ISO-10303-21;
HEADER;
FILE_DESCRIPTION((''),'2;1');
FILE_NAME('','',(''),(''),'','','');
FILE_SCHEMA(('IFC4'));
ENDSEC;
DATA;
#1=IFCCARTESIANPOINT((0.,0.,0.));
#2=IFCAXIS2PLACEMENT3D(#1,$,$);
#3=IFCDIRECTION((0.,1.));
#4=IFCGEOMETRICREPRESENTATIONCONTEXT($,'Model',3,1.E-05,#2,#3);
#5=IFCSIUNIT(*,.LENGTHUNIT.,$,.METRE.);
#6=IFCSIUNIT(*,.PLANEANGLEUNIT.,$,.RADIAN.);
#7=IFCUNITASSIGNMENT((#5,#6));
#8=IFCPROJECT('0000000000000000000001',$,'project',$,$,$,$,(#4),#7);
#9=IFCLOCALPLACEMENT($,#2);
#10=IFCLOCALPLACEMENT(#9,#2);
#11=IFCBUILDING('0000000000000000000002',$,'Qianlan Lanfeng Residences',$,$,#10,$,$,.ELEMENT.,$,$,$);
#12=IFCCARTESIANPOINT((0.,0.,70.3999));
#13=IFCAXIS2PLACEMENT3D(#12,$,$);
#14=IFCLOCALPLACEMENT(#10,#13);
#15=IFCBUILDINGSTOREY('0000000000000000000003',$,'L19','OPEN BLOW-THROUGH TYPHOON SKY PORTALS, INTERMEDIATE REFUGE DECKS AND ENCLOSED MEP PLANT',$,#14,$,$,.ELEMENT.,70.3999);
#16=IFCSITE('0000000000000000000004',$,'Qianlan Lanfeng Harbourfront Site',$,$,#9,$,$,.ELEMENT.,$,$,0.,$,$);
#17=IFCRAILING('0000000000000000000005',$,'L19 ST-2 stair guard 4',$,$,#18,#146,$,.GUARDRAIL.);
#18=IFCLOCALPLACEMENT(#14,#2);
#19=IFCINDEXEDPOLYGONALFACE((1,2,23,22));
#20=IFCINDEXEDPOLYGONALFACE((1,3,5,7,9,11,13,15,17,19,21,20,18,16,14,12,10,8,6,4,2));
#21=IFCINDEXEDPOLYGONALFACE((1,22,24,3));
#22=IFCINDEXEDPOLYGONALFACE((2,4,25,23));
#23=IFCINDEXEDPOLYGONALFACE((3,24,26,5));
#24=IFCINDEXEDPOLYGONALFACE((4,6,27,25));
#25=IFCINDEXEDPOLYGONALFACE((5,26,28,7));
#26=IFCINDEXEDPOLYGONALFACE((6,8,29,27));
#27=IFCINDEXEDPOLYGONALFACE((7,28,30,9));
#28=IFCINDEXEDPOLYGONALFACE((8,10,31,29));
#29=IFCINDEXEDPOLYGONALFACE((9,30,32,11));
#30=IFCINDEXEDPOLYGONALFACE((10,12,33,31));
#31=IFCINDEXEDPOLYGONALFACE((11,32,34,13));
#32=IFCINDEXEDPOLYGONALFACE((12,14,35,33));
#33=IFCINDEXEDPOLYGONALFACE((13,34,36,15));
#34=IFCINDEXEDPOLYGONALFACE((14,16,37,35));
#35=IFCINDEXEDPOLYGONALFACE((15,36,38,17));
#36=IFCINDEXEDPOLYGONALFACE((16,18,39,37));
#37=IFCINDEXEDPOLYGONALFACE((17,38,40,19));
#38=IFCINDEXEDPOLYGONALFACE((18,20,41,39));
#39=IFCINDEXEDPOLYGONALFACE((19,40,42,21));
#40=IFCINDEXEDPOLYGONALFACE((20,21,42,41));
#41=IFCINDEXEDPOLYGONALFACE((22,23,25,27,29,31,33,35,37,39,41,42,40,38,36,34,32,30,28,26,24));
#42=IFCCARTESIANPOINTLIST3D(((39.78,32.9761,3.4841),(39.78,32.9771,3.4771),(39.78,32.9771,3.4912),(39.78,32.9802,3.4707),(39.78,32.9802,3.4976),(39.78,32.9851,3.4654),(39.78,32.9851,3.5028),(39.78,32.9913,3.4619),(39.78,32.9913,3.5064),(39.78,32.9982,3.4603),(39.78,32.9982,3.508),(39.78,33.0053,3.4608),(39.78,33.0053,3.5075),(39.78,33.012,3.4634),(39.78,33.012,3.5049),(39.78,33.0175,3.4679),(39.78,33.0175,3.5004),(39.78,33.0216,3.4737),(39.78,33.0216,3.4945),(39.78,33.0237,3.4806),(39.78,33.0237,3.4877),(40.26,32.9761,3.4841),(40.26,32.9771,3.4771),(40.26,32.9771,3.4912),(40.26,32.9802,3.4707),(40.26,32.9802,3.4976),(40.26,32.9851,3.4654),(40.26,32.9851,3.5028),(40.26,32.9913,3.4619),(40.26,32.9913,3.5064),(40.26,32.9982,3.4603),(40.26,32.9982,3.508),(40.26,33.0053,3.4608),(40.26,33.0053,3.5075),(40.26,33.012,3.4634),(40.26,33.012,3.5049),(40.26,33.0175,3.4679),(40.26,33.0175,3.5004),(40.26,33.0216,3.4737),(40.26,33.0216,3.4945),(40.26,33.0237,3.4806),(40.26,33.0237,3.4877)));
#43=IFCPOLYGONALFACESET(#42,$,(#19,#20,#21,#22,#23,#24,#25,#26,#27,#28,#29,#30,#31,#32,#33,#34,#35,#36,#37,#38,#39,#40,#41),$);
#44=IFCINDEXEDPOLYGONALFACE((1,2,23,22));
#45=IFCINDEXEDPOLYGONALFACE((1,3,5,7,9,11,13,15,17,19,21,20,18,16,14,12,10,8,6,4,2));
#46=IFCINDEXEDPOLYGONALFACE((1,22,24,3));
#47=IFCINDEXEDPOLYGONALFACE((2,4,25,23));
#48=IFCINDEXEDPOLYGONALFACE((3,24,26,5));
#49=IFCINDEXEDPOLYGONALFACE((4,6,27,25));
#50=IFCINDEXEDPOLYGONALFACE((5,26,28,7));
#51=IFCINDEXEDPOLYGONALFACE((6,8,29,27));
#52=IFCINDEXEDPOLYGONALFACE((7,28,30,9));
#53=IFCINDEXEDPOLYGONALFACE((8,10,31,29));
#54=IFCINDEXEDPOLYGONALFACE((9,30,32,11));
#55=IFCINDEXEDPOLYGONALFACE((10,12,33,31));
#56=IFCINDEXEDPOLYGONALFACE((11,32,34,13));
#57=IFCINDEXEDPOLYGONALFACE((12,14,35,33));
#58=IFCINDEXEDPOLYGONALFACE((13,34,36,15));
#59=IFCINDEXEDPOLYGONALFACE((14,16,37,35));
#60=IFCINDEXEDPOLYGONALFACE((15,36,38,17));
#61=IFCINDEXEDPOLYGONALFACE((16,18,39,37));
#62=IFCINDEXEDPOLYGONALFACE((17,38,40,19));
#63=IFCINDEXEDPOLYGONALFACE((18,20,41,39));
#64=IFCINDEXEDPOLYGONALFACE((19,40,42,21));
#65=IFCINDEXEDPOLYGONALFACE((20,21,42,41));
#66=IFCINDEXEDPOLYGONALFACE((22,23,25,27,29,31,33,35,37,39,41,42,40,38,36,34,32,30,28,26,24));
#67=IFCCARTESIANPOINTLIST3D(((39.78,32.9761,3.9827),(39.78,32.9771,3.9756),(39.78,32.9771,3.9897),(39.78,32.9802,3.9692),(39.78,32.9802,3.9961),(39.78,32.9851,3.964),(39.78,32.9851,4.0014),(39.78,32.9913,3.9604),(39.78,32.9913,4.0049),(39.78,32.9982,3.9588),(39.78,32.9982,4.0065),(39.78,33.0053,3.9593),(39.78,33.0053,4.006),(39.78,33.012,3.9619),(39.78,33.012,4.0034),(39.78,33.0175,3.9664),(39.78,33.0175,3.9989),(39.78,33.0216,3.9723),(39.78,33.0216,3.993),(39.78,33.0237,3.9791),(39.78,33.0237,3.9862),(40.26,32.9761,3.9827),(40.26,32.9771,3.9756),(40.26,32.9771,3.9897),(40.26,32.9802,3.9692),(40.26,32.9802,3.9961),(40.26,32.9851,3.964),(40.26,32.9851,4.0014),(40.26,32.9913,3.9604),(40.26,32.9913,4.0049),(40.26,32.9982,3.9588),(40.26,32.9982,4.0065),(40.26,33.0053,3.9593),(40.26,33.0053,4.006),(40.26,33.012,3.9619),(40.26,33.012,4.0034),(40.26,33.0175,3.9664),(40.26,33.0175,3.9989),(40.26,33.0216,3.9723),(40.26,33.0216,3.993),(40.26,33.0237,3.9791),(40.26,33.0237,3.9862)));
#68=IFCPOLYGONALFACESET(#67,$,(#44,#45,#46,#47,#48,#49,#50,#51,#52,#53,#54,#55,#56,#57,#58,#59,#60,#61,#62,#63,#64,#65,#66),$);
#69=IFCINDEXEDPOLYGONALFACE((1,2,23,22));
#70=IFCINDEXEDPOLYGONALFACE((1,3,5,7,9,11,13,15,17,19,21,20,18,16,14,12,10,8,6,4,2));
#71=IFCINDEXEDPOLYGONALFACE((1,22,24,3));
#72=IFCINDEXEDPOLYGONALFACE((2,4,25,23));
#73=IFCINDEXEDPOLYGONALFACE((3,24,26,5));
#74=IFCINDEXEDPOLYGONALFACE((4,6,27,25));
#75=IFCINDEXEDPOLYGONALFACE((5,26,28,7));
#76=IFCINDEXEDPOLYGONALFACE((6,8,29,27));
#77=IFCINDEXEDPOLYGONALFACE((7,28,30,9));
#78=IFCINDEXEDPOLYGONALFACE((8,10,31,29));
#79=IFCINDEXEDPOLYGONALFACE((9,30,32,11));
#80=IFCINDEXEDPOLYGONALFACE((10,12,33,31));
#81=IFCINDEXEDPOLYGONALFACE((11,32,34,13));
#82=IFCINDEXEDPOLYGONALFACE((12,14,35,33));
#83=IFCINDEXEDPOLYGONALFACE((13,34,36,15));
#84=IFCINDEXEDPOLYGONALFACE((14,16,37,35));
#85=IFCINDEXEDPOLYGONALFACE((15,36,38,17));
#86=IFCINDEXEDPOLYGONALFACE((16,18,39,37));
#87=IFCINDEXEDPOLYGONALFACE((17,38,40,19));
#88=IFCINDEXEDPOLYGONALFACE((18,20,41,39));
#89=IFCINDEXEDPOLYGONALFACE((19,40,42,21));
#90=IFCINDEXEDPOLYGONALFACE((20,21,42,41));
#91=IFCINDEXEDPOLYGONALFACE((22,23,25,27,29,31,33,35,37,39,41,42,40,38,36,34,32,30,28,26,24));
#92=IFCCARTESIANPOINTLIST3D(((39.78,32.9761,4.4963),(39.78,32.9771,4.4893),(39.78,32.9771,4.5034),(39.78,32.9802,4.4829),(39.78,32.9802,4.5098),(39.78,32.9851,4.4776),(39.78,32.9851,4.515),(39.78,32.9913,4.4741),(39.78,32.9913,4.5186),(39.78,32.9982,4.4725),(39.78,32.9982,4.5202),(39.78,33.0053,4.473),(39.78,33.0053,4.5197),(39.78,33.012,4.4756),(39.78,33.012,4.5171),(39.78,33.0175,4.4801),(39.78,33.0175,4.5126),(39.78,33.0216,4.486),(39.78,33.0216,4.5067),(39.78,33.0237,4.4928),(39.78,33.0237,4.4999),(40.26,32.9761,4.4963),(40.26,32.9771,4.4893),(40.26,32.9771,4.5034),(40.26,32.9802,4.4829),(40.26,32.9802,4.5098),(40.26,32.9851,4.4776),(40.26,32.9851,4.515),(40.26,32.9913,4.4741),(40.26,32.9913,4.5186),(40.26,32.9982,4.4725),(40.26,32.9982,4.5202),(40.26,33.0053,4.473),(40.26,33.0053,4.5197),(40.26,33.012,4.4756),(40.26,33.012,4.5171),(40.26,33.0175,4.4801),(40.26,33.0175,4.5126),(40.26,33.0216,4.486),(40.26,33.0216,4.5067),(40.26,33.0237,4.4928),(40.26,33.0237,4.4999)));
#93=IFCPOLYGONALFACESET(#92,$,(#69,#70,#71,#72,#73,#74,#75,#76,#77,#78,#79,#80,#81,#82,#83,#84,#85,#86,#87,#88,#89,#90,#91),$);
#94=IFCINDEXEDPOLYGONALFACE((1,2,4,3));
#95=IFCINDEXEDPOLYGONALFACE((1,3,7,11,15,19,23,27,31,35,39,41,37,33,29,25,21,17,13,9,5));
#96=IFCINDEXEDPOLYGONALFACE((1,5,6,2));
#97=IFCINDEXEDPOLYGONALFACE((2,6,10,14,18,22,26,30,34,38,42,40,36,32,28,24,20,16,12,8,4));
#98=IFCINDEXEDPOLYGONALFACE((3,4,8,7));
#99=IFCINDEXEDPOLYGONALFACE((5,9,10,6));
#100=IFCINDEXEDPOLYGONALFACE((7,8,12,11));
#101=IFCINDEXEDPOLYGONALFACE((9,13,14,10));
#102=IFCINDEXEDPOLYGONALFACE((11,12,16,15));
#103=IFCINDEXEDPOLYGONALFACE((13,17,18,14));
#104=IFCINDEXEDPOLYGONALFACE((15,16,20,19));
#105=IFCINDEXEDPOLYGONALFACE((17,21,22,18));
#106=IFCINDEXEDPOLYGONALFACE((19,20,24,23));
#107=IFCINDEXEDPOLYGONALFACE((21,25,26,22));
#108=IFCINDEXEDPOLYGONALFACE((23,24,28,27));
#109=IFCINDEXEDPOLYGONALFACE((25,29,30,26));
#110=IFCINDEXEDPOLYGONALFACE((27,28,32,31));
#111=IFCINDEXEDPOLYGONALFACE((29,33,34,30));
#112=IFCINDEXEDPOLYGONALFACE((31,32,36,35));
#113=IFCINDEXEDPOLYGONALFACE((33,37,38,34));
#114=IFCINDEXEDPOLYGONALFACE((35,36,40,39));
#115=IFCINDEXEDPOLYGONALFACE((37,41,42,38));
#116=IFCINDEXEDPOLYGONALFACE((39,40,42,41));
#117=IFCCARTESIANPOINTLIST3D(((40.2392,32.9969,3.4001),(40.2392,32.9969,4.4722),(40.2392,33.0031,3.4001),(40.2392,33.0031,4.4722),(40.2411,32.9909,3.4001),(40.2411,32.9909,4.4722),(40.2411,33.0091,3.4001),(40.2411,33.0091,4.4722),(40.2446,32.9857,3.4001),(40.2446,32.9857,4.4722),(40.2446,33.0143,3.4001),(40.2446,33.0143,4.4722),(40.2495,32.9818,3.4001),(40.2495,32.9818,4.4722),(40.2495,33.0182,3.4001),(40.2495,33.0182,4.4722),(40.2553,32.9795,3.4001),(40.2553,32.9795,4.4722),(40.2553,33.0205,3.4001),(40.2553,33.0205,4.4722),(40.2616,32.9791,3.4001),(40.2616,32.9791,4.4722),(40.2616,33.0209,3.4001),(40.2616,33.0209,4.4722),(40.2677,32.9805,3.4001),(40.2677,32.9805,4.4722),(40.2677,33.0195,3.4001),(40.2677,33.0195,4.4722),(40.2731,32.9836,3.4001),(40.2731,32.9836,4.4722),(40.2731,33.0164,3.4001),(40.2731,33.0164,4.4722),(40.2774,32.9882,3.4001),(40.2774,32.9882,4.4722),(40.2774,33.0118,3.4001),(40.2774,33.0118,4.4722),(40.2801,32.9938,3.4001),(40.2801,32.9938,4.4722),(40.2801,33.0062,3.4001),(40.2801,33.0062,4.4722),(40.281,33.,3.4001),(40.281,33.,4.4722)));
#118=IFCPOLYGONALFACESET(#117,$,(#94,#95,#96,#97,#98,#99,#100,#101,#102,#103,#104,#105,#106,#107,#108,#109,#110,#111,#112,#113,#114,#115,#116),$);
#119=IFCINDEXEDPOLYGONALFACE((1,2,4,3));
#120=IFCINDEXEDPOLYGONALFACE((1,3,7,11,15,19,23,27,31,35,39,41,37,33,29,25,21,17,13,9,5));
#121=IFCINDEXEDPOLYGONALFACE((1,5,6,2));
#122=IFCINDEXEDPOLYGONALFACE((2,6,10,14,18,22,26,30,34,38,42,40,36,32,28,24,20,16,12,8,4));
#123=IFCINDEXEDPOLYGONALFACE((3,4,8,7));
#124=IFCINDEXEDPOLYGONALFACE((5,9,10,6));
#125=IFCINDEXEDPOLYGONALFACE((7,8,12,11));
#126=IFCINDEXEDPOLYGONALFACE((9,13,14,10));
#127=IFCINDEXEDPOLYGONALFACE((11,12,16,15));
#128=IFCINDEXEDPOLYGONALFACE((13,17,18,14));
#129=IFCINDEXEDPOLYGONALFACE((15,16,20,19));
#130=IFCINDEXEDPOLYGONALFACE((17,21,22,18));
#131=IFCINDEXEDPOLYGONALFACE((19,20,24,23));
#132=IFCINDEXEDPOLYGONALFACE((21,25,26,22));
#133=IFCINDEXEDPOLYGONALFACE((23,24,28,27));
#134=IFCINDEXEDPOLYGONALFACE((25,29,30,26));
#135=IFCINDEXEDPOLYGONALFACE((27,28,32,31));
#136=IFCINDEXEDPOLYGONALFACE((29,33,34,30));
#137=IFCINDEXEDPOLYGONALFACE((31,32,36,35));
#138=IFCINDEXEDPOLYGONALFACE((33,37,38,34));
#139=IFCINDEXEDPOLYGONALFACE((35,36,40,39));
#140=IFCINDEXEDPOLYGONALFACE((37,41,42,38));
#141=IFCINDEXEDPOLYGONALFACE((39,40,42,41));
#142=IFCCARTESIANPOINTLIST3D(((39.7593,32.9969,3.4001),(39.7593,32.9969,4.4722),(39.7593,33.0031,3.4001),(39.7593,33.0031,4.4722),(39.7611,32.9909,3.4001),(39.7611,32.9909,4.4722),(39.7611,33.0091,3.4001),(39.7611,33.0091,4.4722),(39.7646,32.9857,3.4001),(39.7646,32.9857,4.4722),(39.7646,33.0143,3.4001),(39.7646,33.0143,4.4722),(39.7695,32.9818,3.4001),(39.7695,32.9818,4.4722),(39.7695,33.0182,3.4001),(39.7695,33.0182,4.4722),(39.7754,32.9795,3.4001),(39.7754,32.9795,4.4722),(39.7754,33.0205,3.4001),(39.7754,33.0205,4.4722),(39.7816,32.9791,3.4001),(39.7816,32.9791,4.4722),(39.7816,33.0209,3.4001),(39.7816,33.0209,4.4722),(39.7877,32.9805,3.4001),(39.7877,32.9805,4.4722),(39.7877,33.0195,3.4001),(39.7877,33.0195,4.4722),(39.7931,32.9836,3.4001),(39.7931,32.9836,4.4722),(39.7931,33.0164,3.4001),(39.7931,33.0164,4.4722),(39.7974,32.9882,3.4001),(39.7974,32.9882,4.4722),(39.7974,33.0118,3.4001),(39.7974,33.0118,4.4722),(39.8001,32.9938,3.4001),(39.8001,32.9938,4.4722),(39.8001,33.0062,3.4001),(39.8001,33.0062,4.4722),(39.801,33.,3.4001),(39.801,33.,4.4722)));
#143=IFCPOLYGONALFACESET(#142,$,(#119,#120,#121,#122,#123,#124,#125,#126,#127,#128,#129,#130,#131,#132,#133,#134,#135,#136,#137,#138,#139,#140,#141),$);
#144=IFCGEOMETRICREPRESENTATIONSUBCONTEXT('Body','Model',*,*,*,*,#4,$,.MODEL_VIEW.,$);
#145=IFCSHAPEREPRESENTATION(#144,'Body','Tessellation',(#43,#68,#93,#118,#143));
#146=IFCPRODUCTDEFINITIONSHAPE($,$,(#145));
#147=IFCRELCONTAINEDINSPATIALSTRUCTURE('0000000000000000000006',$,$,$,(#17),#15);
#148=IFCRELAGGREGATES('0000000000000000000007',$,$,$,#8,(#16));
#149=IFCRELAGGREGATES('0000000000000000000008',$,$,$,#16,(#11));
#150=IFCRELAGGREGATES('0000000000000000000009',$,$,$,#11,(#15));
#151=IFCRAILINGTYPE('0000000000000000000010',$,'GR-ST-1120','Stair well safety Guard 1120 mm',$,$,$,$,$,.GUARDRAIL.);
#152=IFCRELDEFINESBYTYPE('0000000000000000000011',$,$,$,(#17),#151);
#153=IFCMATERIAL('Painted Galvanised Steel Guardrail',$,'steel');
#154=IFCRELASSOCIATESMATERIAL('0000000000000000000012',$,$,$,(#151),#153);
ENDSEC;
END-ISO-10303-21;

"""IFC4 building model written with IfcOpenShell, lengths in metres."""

from ifc_helpers import new_model, si_unit, direction, frame, origin, origin_2d, place, context, subcontext, project, spatial, circle, extrude, material, type_object, element, save


model = new_model("IFC4")

# Units and contexts
model_context = context("Model", 3, precision=1e-05, world=origin(), true_north=direction((0.0, 1.0)))
body_context = subcontext(model_context, "Body", "Model", "MODEL_VIEW")
ifc_project = project(units=[si_unit("LENGTHUNIT", "METRE"), si_unit("PLANEANGLEUNIT", "RADIAN")], contexts=[model_context])

# Site, building, storey
site_placement = place(None, origin())
site = spatial("IfcSite", under=ifc_project, at=site_placement, Name="Qianlan Lanfeng Harbourfront Site", CompositionType="ELEMENT", RefElevation=0.0)
building_placement = place(site_placement, origin())
building = spatial("IfcBuilding", under=site, at=building_placement, Name="Qianlan Lanfeng Residences", CompositionType="ELEMENT")
storey_placement = place(building_placement, frame((0.0, 0.0, 70.3999)))
storey = spatial("IfcBuildingStorey", under=building, at=storey_placement, Name="L19", Description="OPEN BLOW-THROUGH TYPHOON SKY PORTALS, INTERMEDIATE REFUGE DECKS AND ENCLOSED MEP PLANT", CompositionType="ELEMENT", Elevation=70.3999)

# Railing
ifc_material_1 = material(Name="Painted Galvanised Steel Guardrail", Category="steel")
railing_type_1 = type_object("IfcRailingType", Name="GR-ST-1120", Description="Stair well safety Guard 1120 mm", PredefinedType="GUARDRAIL", material=ifc_material_1)
for number, where, name in (
    (1, (40.26, 33.0, 3.4001), "L19 ST-2 stair guard 4"),
):
    element("IfcRailing", number, at=place(storey_placement, frame(where)), inside=storey, type_object=railing_type_1, Name=name, PredefinedType="GUARDRAIL", context=body_context, shape_type="SweptSolid", body=[
        extrude(circle(Radius=0.0239, at=origin_2d()), frame((0.0, 0.0, 0.084), z_axis=(-1.0, 0.0, 0.0), x_axis=(0.0, -1.0, 0.0)), (0.0, 0.0, 1.0), 0.48),
        extrude(circle(Radius=0.0239, at=origin_2d()), frame((0.0, 0.0, 0.5825), z_axis=(-1.0, 0.0, 0.0), x_axis=(0.0, -1.0, 0.0)), (0.0, 0.0, 1.0), 0.48),
        extrude(circle(Radius=0.0239, at=origin_2d()), frame((0.0, 0.0, 1.0962), z_axis=(-1.0, 0.0, 0.0), x_axis=(0.0, -1.0, 0.0)), (0.0, 0.0, 1.0), 0.48),
        extrude(circle(Radius=0.021, at=origin_2d()), origin(), (0.0, 0.0, 1.0), 1.072),
        extrude(circle(Radius=0.021, at=origin_2d()), frame((-0.48, 0.0, 0.0)), (0.0, 0.0, 1.0), 1.072),
    ])

save(model, "model.ifc")
